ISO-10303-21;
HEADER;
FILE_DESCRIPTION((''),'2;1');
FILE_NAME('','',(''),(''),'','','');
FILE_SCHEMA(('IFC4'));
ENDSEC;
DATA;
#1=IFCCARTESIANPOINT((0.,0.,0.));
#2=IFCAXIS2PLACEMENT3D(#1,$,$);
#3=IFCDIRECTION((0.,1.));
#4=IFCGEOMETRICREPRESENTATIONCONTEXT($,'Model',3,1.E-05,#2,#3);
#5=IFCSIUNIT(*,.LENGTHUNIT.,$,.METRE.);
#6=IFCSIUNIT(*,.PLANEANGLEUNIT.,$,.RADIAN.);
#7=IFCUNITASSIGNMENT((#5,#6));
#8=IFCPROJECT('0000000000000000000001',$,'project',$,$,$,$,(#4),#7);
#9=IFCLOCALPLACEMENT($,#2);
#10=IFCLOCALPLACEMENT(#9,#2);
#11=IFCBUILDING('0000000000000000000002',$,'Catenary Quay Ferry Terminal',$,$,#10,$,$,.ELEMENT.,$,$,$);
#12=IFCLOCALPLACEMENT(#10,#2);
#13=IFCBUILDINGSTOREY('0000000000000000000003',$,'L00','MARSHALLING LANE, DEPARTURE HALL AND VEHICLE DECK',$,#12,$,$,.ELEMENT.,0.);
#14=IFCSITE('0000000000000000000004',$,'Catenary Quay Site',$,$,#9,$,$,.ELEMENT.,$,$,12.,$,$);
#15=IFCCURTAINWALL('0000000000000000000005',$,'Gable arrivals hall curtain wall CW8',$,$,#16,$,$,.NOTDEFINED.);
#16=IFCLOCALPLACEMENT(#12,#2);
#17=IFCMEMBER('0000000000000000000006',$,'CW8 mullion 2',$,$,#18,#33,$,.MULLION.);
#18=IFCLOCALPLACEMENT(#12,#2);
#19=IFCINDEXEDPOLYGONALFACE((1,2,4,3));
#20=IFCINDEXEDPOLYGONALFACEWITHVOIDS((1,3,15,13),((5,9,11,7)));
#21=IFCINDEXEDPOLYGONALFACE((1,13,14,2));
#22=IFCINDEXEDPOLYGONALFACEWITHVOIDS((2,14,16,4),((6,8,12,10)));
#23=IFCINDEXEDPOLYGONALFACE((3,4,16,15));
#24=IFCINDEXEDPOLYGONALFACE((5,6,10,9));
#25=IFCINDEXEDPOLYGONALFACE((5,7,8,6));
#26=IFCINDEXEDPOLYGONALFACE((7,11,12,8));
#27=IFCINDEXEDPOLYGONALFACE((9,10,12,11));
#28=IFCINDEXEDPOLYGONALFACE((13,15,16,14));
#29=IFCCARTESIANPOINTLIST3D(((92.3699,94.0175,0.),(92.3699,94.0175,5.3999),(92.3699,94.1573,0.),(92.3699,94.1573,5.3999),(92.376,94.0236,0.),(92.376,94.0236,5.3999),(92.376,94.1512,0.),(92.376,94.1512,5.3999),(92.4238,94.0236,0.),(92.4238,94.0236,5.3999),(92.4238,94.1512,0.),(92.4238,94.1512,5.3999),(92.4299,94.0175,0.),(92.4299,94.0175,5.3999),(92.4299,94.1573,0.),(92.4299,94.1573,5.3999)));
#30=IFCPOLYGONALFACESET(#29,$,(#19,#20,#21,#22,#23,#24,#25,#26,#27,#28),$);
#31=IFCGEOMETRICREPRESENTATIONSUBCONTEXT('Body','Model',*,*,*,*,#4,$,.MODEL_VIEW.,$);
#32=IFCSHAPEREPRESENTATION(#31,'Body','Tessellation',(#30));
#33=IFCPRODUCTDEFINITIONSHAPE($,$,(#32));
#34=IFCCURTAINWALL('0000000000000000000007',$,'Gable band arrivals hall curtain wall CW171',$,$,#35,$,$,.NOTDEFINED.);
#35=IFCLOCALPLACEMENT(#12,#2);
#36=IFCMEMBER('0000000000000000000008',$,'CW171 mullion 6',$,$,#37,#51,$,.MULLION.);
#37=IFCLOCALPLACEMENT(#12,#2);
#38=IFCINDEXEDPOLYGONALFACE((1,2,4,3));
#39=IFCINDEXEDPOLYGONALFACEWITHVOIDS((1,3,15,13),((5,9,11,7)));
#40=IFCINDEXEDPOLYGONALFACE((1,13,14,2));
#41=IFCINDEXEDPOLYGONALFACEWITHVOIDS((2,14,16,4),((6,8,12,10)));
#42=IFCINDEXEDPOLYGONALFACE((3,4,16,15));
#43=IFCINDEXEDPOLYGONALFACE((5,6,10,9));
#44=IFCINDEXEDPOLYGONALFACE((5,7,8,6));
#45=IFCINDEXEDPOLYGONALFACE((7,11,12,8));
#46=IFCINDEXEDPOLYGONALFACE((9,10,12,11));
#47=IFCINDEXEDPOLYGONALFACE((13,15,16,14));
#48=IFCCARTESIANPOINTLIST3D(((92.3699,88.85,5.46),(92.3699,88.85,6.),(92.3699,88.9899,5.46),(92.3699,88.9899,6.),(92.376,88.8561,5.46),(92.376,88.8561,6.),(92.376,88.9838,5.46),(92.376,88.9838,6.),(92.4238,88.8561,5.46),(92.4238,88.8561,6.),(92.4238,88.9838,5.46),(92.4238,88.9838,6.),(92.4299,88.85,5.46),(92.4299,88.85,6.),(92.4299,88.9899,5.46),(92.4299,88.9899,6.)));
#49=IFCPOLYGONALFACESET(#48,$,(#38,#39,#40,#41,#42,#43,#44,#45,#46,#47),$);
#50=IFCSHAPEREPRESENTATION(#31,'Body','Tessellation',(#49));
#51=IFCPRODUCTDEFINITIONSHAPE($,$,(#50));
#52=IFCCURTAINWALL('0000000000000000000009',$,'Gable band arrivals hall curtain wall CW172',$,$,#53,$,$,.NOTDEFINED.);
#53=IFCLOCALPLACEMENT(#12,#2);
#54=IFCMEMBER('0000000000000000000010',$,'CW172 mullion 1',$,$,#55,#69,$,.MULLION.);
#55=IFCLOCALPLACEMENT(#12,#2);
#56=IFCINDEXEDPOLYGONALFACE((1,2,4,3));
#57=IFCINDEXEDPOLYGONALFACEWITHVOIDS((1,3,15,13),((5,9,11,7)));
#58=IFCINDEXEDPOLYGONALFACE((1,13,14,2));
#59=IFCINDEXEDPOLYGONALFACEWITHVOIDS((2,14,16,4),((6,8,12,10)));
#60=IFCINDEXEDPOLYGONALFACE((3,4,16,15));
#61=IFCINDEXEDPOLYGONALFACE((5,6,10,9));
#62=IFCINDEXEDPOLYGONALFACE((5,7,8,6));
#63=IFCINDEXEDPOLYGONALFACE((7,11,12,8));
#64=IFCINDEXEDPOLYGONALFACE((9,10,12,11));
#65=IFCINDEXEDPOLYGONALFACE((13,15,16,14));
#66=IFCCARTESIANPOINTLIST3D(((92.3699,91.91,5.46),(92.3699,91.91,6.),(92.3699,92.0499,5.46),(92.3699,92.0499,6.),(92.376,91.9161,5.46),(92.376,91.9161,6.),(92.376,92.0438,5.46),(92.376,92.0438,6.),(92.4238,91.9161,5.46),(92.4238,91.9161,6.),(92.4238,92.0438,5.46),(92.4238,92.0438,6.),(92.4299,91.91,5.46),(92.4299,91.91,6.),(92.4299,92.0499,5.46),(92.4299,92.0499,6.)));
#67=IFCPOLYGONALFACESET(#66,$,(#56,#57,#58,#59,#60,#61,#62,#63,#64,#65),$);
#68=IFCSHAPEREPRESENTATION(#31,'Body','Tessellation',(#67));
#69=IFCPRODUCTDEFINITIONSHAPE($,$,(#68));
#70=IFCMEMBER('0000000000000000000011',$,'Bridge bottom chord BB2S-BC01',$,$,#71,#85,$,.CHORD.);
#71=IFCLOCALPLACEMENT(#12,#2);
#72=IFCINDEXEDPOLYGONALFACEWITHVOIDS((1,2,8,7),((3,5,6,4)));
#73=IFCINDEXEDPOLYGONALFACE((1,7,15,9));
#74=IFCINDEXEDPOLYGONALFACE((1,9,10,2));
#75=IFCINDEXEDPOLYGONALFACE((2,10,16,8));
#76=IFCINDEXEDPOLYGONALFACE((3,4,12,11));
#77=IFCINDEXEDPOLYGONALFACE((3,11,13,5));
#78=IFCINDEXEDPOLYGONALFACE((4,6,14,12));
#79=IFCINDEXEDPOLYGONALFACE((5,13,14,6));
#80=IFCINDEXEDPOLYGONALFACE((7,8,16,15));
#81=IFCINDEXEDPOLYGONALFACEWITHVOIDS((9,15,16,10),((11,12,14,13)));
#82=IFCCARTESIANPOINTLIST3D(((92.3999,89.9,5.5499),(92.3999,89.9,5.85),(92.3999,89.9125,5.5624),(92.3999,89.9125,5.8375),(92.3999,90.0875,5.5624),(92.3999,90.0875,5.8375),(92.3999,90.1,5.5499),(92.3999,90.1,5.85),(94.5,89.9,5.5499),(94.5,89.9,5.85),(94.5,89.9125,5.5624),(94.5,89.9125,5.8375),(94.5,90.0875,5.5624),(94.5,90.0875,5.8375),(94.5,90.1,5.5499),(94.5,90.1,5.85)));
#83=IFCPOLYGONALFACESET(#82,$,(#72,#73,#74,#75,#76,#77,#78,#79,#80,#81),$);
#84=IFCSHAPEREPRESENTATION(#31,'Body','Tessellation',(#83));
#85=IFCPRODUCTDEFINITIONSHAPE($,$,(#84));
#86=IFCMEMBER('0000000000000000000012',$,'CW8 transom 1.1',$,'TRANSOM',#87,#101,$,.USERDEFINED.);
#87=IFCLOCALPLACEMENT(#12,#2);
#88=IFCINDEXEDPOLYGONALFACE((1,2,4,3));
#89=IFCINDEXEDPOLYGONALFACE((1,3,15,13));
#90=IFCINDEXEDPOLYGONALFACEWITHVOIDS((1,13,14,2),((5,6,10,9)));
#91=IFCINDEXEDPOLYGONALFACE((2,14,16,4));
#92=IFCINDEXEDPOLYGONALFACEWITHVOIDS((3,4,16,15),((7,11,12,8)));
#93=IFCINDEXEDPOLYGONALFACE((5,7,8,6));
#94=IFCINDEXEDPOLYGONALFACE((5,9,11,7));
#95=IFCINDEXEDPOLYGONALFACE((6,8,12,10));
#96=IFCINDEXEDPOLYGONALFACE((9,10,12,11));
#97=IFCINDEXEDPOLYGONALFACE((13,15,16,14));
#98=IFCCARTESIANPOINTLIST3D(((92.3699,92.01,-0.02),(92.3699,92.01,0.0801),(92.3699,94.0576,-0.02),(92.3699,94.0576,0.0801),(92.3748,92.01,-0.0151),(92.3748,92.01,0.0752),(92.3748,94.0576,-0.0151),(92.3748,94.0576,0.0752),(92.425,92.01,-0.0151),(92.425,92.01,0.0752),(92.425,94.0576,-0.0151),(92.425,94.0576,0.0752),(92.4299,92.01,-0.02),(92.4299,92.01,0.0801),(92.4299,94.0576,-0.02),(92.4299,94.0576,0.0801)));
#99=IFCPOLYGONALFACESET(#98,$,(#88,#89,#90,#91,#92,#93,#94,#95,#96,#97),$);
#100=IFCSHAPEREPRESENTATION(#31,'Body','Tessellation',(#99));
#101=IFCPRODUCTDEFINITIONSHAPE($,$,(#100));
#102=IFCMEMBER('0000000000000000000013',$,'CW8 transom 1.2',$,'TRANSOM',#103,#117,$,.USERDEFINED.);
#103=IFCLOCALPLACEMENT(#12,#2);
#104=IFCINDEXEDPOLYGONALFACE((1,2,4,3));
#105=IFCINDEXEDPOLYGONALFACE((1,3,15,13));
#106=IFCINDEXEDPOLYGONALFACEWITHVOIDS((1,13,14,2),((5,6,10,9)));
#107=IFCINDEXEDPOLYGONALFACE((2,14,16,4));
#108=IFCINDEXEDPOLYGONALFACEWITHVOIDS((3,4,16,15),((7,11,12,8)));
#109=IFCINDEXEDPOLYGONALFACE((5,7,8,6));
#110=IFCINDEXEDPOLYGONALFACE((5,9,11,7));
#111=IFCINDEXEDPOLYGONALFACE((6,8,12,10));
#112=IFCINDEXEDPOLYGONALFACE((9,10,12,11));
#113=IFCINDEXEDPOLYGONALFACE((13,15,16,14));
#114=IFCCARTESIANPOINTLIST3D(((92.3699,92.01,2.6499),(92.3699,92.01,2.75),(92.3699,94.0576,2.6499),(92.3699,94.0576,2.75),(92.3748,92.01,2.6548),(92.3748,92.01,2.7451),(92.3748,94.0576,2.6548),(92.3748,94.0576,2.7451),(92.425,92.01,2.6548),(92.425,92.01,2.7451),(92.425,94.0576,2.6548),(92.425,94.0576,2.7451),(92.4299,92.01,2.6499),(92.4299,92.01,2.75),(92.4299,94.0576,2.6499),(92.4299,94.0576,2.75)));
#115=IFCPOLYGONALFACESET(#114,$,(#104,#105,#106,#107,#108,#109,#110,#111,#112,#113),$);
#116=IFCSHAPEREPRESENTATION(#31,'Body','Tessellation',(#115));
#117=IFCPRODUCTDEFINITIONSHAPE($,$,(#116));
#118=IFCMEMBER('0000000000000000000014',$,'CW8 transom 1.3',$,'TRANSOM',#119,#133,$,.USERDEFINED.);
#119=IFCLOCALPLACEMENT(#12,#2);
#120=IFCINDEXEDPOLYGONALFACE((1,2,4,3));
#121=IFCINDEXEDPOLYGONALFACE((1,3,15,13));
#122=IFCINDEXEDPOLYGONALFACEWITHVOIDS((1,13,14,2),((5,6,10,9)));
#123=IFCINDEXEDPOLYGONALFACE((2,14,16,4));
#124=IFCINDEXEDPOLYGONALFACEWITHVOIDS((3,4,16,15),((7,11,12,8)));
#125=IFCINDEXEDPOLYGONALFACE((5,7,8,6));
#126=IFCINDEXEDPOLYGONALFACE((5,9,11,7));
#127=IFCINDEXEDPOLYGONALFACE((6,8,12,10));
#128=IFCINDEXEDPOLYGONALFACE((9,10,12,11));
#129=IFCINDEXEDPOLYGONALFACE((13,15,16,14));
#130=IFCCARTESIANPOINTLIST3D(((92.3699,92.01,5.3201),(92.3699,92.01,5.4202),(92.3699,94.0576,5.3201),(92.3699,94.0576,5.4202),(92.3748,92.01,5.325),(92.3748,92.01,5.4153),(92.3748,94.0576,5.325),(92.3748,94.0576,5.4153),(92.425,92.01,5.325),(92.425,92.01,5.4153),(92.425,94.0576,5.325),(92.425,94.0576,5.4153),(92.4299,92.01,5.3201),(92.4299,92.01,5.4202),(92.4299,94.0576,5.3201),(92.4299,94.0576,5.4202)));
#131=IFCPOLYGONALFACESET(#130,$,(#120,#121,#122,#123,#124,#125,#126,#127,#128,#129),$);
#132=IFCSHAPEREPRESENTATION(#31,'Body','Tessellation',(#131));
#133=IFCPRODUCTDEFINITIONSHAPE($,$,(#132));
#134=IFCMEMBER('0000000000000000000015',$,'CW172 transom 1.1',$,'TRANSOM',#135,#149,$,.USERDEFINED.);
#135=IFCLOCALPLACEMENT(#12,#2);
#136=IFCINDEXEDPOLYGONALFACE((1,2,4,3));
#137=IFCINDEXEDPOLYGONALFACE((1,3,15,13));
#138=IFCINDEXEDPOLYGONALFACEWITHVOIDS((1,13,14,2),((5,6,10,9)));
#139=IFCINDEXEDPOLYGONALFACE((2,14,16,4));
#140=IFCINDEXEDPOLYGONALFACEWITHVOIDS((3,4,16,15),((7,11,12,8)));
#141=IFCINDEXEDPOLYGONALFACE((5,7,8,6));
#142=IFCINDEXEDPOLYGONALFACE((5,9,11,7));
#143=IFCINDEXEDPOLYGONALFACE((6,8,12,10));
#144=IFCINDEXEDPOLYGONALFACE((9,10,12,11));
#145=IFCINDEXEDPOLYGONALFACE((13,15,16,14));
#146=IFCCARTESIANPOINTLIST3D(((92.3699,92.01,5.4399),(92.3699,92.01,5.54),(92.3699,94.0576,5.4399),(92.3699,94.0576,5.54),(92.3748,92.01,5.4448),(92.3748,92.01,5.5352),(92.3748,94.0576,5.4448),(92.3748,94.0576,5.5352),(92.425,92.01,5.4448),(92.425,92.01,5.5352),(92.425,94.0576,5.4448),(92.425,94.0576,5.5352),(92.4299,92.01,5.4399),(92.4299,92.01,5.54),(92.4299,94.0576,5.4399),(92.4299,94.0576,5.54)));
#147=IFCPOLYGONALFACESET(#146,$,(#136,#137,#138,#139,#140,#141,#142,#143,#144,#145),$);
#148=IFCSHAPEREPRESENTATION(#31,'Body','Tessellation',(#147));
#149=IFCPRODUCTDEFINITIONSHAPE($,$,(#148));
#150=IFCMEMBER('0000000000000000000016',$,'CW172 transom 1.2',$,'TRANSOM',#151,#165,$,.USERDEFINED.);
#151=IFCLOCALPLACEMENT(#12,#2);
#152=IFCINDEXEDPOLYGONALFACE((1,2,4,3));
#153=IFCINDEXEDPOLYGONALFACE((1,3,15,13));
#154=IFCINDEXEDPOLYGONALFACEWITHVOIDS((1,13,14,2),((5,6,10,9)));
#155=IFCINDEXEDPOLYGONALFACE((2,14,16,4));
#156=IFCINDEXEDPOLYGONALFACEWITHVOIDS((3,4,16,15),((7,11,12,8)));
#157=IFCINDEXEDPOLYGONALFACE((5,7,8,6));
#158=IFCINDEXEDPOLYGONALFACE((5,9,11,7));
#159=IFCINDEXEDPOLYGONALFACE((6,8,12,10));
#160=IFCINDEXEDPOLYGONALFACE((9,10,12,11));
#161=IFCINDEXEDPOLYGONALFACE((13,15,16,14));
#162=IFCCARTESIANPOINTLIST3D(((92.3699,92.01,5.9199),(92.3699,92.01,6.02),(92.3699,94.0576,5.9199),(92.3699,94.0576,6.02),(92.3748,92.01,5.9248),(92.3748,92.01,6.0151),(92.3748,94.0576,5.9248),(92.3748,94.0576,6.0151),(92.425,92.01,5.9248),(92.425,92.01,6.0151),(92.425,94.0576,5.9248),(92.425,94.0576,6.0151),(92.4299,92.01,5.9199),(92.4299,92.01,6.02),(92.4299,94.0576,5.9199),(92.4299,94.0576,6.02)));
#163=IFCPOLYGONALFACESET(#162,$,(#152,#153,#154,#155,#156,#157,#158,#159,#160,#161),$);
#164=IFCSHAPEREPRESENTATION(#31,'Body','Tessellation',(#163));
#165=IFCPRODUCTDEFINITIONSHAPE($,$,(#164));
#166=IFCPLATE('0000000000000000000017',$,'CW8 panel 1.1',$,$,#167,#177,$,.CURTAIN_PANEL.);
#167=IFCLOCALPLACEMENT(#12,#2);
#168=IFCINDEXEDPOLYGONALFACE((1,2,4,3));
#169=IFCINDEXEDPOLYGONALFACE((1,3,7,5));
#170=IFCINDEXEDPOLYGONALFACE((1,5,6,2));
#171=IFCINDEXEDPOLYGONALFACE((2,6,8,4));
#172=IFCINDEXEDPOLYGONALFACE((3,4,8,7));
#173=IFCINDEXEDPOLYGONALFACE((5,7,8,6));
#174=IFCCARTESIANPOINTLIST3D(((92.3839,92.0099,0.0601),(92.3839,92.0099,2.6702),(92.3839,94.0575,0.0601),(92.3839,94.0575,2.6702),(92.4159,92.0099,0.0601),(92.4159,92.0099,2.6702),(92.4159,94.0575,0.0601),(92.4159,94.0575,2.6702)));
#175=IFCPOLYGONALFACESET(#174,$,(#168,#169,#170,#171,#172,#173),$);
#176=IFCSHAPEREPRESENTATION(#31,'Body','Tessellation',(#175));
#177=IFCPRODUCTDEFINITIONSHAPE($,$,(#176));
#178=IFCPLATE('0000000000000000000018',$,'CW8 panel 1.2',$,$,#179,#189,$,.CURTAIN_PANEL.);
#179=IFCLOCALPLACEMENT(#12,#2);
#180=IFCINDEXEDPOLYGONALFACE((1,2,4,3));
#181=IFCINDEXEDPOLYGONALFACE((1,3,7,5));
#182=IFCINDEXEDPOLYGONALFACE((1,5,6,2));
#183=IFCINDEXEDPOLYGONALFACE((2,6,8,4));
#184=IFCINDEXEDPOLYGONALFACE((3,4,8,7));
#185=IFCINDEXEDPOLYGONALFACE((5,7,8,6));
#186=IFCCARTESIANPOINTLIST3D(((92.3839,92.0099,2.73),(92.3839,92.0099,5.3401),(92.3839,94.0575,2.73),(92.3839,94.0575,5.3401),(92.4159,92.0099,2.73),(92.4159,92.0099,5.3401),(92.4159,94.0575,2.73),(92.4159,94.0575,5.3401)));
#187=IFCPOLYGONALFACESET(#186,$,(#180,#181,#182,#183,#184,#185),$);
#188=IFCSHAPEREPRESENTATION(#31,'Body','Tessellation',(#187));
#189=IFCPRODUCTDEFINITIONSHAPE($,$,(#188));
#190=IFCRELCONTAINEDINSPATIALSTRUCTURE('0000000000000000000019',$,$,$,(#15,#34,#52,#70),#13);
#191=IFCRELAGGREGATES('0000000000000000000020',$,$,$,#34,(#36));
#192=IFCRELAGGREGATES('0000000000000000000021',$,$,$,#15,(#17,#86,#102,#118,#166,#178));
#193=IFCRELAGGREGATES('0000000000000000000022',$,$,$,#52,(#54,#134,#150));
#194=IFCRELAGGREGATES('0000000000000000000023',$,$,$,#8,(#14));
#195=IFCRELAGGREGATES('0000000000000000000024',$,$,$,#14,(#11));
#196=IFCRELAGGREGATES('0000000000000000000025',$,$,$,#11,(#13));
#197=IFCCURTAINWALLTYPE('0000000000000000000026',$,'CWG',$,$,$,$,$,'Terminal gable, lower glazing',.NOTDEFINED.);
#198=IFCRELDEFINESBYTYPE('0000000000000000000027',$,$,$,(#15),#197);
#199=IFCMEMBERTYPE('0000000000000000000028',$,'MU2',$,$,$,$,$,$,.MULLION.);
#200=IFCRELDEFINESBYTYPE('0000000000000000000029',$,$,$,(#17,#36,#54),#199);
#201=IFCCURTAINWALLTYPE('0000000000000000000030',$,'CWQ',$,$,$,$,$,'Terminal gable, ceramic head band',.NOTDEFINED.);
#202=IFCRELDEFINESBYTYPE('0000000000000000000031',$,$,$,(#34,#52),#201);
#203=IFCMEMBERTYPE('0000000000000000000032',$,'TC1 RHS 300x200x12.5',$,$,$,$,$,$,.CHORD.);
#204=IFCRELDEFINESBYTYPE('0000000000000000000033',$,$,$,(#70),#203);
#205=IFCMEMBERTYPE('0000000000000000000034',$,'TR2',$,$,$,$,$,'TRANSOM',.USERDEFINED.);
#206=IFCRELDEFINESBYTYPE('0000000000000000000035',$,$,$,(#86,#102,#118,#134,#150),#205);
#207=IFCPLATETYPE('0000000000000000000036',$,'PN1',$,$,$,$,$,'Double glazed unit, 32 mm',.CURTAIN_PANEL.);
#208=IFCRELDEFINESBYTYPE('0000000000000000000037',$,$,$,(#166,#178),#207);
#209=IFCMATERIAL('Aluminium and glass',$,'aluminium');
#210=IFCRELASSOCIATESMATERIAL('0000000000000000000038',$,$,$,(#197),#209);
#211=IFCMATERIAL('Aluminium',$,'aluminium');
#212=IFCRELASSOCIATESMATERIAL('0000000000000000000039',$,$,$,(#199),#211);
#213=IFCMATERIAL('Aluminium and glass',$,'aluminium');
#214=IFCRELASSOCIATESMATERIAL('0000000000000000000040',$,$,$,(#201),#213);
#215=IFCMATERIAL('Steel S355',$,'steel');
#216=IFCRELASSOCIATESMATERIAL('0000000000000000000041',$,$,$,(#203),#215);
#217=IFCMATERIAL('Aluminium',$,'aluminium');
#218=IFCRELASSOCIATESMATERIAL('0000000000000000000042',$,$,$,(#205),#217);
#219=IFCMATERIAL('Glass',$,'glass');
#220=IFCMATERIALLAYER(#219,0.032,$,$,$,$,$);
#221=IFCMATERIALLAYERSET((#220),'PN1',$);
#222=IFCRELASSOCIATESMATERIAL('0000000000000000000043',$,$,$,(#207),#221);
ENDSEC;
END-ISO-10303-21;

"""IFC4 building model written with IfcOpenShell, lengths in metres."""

from ifc_helpers import new_model, si_unit, direction, frame, origin, origin_2d, place, context, subcontext, project, spatial, rectangle, hollow_rectangle, extrude, material, layer, layer_set, material_profile, profile_set, type_object, element, aggregate, save


model = new_model("IFC4")

# Units and contexts
model_context = context("Model", 3, precision=1e-05, world=origin(), true_north=direction((0.0, 1.0)))
body_context = subcontext(model_context, "Body", "Model", "MODEL_VIEW")
ifc_project = project(units=[si_unit("LENGTHUNIT", "METRE"), si_unit("PLANEANGLEUNIT", "RADIAN")], contexts=[model_context])

# Site, building, storey
site_placement = place(None, origin())
site = spatial("IfcSite", under=ifc_project, at=site_placement, Name="Catenary Quay Site", CompositionType="ELEMENT", RefElevation=12.0)
building_placement = place(site_placement, origin())
building = spatial("IfcBuilding", under=site, at=building_placement, Name="Catenary Quay Ferry Terminal", CompositionType="ELEMENT")
storey_placement = place(building_placement, origin())
storey = spatial("IfcBuildingStorey", under=building, at=storey_placement, Name="L00", Description="MARSHALLING LANE, DEPARTURE HALL AND VEHICLE DECK", CompositionType="ELEMENT", Elevation=0.0)

# Shared definitions
ifc_material_1 = material(Name="Aluminium and glass", Category="aluminium")
curtain_wall_type_1 = type_object("IfcCurtainWallType", Name="CWG", ElementType="Terminal gable, lower glazing", PredefinedType="NOTDEFINED", material=ifc_material_1)
ifc_material_2 = material(Name="Aluminium", Category="aluminium")
ifc_material_profile_1 = material_profile(ifc_material_2, hollow_rectangle(XDim=0.0601, YDim=0.1399, WallThickness=0.0061, at=origin_2d()), Name="MU2")
ifc_profile_set_1 = profile_set([ifc_material_profile_1], Name="Aluminium")
member_type_1 = type_object("IfcMemberType", Name="MU2", PredefinedType="MULLION", material=ifc_profile_set_1)

# Curtain wall, member
curtain_wall_1_placement = place(storey_placement, origin())
curtain_wall_1 = element("IfcCurtainWall", 1, at=curtain_wall_1_placement, inside=storey, type_object=curtain_wall_type_1, Name="Gable arrivals hall curtain wall CW8", PredefinedType="NOTDEFINED")
member_1_placement = place(storey_placement, frame((92.3999, 94.0874, 0.0), z_axis=(0.0, 0.0, 1.0), x_axis=(-1.0, 0.0, 0.0)))
member_1 = element("IfcMember", 2, at=member_1_placement, type_object=member_type_1, Name="CW8 mullion 2", PredefinedType="MULLION", context=body_context, shape_type="SweptSolid", body=[
    extrude(hollow_rectangle(XDim=0.0601, YDim=0.1399, WallThickness=0.0061, at=origin_2d()), origin(), (0.0, 0.0, 1.0), 5.3999),
])

# Curtain walls, members
ifc_material_3 = material(Name="Aluminium and glass", Category="aluminium")
curtain_wall_type_2 = type_object("IfcCurtainWallType", Name="CWQ", ElementType="Terminal gable, ceramic head band", PredefinedType="NOTDEFINED", material=ifc_material_3)
curtain_wall_2_placement = place(storey_placement, origin())
curtain_wall_2 = element("IfcCurtainWall", 3, at=curtain_wall_2_placement, inside=storey, type_object=curtain_wall_type_2, Name="Gable band arrivals hall curtain wall CW171", PredefinedType="NOTDEFINED")
member_2_placement = place(storey_placement, frame((92.3999, 88.9199, 5.46), z_axis=(0.0, 0.0, 1.0), x_axis=(-1.0, 0.0, 0.0)))
member_2 = element("IfcMember", 4, at=member_2_placement, type_object=member_type_1, Name="CW171 mullion 6", PredefinedType="MULLION", context=body_context, shape_type="SweptSolid", body=[
    extrude(hollow_rectangle(XDim=0.0601, YDim=0.1399, WallThickness=0.0061, at=origin_2d()), origin(), (0.0, 0.0, 1.0), 0.54),
])
aggregate(curtain_wall_2, [member_2])
curtain_wall_3_placement = place(storey_placement, origin())
curtain_wall_3 = element("IfcCurtainWall", 5, at=curtain_wall_3_placement, inside=storey, type_object=curtain_wall_type_2, Name="Gable band arrivals hall curtain wall CW172", PredefinedType="NOTDEFINED")
member_3_placement = place(storey_placement, frame((92.3999, 91.98, 5.46), z_axis=(0.0, 0.0, 1.0), x_axis=(-1.0, 0.0, 0.0)))
member_3 = element("IfcMember", 6, at=member_3_placement, type_object=member_type_1, Name="CW172 mullion 1", PredefinedType="MULLION", context=body_context, shape_type="SweptSolid", body=[
    extrude(hollow_rectangle(XDim=0.0601, YDim=0.1399, WallThickness=0.0061, at=origin_2d()), origin(), (0.0, 0.0, 1.0), 0.54),
])

# Members
ifc_material_4 = material(Name="Steel S355", Category="steel")
ifc_material_profile_2 = material_profile(ifc_material_4, hollow_rectangle(XDim=0.2, YDim=0.3, WallThickness=0.0125, at=origin_2d()), Name="RHS 300x200x12.5")
ifc_profile_set_2 = profile_set([ifc_material_profile_2], Name="Steel S355")
member_type_2 = type_object("IfcMemberType", Name="TC1 RHS 300x200x12.5", PredefinedType="CHORD", material=ifc_profile_set_2)
member_4_placement = place(storey_placement, frame((92.3999, 90.0, 5.7), z_axis=(1.0, 0.0, 0.0), x_axis=(0.0, 1.0, 0.0)))
element("IfcMember", 7, at=member_4_placement, inside=storey, type_object=member_type_2, Name="Bridge bottom chord BB2S-BC01", PredefinedType="CHORD", context=body_context, shape_type="SweptSolid", body=[
    extrude(hollow_rectangle(XDim=0.2, YDim=0.3, WallThickness=0.0125, at=origin_2d()), origin(), (0.0, 0.0, 1.0), 2.1001),
])
ifc_material_5 = material(Name="Aluminium", Category="aluminium")
ifc_material_profile_3 = material_profile(ifc_material_5, hollow_rectangle(XDim=0.0601, YDim=0.1001, WallThickness=0.0049, at=origin_2d()), Name="TR2")
ifc_profile_set_3 = profile_set([ifc_material_profile_3], Name="Aluminium")
member_type_3 = type_object("IfcMemberType", Name="TR2", ElementType="TRANSOM", PredefinedType="USERDEFINED", material=ifc_profile_set_3)
member_5_placement = place(storey_placement, frame((92.3999, 92.01, 0.03), z_axis=(0.0, 1.0, 0.0), x_axis=(-1.0, 0.0, 0.0)))
member_5 = element("IfcMember", 8, at=member_5_placement, type_object=member_type_3, Name="CW8 transom 1.1", ObjectType="TRANSOM", PredefinedType="USERDEFINED", context=body_context, shape_type="SweptSolid", body=[
    extrude(hollow_rectangle(XDim=0.0601, YDim=0.1001, WallThickness=0.0049, at=origin_2d()), origin(), (0.0, 0.0, 1.0), 2.0476),
])
member_6_placement = place(storey_placement, frame((92.3999, 92.01, 2.7), z_axis=(0.0, 1.0, 0.0), x_axis=(-1.0, 0.0, 0.0)))
member_6 = element("IfcMember", 9, at=member_6_placement, type_object=member_type_3, Name="CW8 transom 1.2", ObjectType="TRANSOM", PredefinedType="USERDEFINED", context=body_context, shape_type="SweptSolid", body=[
    extrude(hollow_rectangle(XDim=0.0601, YDim=0.1001, WallThickness=0.0049, at=origin_2d()), origin(), (0.0, 0.0, 1.0), 2.0476),
])
member_7_placement = place(storey_placement, frame((92.3999, 92.01, 5.3701), z_axis=(0.0, 1.0, 0.0), x_axis=(-1.0, 0.0, 0.0)))
member_7 = element("IfcMember", 10, at=member_7_placement, type_object=member_type_3, Name="CW8 transom 1.3", ObjectType="TRANSOM", PredefinedType="USERDEFINED", context=body_context, shape_type="SweptSolid", body=[
    extrude(hollow_rectangle(XDim=0.0601, YDim=0.1001, WallThickness=0.0049, at=origin_2d()), origin(), (0.0, 0.0, 1.0), 2.0476),
])
member_8_placement = place(storey_placement, frame((92.3999, 92.01, 5.49), z_axis=(0.0, 1.0, 0.0), x_axis=(-1.0, 0.0, 0.0)))
member_8 = element("IfcMember", 11, at=member_8_placement, type_object=member_type_3, Name="CW172 transom 1.1", ObjectType="TRANSOM", PredefinedType="USERDEFINED", context=body_context, shape_type="SweptSolid", body=[
    extrude(hollow_rectangle(XDim=0.0601, YDim=0.1001, WallThickness=0.0049, at=origin_2d()), origin(), (0.0, 0.0, 1.0), 2.0476),
])
member_9_placement = place(storey_placement, frame((92.3999, 92.01, 5.97), z_axis=(0.0, 1.0, 0.0), x_axis=(-1.0, 0.0, 0.0)))
member_9 = element("IfcMember", 12, at=member_9_placement, type_object=member_type_3, Name="CW172 transom 1.2", ObjectType="TRANSOM", PredefinedType="USERDEFINED", context=body_context, shape_type="SweptSolid", body=[
    extrude(hollow_rectangle(XDim=0.0601, YDim=0.1001, WallThickness=0.0049, at=origin_2d()), origin(), (0.0, 0.0, 1.0), 2.0476),
])

# Plates
ifc_material_6 = material(Name="Glass", Category="glass")
ifc_layer_1 = layer(ifc_material_6, 0.032)
ifc_layer_set_1 = layer_set([ifc_layer_1], Name="PN1")
plate_type_1 = type_object("IfcPlateType", Name="PN1", ElementType="Double glazed unit, 32 mm", PredefinedType="CURTAIN_PANEL", material=ifc_layer_set_1)
plate_1_placement = place(storey_placement, frame((92.3999, 93.0337, 0.0601), z_axis=(0.0, 0.0, 1.0), x_axis=(0.0, 1.0, 0.0)))
plate_1 = element("IfcPlate", 13, at=plate_1_placement, type_object=plate_type_1, Name="CW8 panel 1.1", PredefinedType="CURTAIN_PANEL", context=body_context, shape_type="SweptSolid", body=[
    extrude(rectangle(XDim=2.0476, YDim=0.032, at=origin_2d()), origin(), (0.0, 0.0, 1.0), 2.6101),
])
plate_2_placement = place(storey_placement, frame((92.3999, 93.0337, 2.73), z_axis=(0.0, 0.0, 1.0), x_axis=(0.0, 1.0, 0.0)))
plate_2 = element("IfcPlate", 14, at=plate_2_placement, type_object=plate_type_1, Name="CW8 panel 1.2", PredefinedType="CURTAIN_PANEL", context=body_context, shape_type="SweptSolid", body=[
    extrude(rectangle(XDim=2.0476, YDim=0.032, at=origin_2d()), origin(), (0.0, 0.0, 1.0), 2.6101),
])
aggregate(curtain_wall_1, [member_1, member_5, member_6, member_7, plate_1, plate_2])
aggregate(curtain_wall_3, [member_3, member_8, member_9])

save(model, "model.ifc")
